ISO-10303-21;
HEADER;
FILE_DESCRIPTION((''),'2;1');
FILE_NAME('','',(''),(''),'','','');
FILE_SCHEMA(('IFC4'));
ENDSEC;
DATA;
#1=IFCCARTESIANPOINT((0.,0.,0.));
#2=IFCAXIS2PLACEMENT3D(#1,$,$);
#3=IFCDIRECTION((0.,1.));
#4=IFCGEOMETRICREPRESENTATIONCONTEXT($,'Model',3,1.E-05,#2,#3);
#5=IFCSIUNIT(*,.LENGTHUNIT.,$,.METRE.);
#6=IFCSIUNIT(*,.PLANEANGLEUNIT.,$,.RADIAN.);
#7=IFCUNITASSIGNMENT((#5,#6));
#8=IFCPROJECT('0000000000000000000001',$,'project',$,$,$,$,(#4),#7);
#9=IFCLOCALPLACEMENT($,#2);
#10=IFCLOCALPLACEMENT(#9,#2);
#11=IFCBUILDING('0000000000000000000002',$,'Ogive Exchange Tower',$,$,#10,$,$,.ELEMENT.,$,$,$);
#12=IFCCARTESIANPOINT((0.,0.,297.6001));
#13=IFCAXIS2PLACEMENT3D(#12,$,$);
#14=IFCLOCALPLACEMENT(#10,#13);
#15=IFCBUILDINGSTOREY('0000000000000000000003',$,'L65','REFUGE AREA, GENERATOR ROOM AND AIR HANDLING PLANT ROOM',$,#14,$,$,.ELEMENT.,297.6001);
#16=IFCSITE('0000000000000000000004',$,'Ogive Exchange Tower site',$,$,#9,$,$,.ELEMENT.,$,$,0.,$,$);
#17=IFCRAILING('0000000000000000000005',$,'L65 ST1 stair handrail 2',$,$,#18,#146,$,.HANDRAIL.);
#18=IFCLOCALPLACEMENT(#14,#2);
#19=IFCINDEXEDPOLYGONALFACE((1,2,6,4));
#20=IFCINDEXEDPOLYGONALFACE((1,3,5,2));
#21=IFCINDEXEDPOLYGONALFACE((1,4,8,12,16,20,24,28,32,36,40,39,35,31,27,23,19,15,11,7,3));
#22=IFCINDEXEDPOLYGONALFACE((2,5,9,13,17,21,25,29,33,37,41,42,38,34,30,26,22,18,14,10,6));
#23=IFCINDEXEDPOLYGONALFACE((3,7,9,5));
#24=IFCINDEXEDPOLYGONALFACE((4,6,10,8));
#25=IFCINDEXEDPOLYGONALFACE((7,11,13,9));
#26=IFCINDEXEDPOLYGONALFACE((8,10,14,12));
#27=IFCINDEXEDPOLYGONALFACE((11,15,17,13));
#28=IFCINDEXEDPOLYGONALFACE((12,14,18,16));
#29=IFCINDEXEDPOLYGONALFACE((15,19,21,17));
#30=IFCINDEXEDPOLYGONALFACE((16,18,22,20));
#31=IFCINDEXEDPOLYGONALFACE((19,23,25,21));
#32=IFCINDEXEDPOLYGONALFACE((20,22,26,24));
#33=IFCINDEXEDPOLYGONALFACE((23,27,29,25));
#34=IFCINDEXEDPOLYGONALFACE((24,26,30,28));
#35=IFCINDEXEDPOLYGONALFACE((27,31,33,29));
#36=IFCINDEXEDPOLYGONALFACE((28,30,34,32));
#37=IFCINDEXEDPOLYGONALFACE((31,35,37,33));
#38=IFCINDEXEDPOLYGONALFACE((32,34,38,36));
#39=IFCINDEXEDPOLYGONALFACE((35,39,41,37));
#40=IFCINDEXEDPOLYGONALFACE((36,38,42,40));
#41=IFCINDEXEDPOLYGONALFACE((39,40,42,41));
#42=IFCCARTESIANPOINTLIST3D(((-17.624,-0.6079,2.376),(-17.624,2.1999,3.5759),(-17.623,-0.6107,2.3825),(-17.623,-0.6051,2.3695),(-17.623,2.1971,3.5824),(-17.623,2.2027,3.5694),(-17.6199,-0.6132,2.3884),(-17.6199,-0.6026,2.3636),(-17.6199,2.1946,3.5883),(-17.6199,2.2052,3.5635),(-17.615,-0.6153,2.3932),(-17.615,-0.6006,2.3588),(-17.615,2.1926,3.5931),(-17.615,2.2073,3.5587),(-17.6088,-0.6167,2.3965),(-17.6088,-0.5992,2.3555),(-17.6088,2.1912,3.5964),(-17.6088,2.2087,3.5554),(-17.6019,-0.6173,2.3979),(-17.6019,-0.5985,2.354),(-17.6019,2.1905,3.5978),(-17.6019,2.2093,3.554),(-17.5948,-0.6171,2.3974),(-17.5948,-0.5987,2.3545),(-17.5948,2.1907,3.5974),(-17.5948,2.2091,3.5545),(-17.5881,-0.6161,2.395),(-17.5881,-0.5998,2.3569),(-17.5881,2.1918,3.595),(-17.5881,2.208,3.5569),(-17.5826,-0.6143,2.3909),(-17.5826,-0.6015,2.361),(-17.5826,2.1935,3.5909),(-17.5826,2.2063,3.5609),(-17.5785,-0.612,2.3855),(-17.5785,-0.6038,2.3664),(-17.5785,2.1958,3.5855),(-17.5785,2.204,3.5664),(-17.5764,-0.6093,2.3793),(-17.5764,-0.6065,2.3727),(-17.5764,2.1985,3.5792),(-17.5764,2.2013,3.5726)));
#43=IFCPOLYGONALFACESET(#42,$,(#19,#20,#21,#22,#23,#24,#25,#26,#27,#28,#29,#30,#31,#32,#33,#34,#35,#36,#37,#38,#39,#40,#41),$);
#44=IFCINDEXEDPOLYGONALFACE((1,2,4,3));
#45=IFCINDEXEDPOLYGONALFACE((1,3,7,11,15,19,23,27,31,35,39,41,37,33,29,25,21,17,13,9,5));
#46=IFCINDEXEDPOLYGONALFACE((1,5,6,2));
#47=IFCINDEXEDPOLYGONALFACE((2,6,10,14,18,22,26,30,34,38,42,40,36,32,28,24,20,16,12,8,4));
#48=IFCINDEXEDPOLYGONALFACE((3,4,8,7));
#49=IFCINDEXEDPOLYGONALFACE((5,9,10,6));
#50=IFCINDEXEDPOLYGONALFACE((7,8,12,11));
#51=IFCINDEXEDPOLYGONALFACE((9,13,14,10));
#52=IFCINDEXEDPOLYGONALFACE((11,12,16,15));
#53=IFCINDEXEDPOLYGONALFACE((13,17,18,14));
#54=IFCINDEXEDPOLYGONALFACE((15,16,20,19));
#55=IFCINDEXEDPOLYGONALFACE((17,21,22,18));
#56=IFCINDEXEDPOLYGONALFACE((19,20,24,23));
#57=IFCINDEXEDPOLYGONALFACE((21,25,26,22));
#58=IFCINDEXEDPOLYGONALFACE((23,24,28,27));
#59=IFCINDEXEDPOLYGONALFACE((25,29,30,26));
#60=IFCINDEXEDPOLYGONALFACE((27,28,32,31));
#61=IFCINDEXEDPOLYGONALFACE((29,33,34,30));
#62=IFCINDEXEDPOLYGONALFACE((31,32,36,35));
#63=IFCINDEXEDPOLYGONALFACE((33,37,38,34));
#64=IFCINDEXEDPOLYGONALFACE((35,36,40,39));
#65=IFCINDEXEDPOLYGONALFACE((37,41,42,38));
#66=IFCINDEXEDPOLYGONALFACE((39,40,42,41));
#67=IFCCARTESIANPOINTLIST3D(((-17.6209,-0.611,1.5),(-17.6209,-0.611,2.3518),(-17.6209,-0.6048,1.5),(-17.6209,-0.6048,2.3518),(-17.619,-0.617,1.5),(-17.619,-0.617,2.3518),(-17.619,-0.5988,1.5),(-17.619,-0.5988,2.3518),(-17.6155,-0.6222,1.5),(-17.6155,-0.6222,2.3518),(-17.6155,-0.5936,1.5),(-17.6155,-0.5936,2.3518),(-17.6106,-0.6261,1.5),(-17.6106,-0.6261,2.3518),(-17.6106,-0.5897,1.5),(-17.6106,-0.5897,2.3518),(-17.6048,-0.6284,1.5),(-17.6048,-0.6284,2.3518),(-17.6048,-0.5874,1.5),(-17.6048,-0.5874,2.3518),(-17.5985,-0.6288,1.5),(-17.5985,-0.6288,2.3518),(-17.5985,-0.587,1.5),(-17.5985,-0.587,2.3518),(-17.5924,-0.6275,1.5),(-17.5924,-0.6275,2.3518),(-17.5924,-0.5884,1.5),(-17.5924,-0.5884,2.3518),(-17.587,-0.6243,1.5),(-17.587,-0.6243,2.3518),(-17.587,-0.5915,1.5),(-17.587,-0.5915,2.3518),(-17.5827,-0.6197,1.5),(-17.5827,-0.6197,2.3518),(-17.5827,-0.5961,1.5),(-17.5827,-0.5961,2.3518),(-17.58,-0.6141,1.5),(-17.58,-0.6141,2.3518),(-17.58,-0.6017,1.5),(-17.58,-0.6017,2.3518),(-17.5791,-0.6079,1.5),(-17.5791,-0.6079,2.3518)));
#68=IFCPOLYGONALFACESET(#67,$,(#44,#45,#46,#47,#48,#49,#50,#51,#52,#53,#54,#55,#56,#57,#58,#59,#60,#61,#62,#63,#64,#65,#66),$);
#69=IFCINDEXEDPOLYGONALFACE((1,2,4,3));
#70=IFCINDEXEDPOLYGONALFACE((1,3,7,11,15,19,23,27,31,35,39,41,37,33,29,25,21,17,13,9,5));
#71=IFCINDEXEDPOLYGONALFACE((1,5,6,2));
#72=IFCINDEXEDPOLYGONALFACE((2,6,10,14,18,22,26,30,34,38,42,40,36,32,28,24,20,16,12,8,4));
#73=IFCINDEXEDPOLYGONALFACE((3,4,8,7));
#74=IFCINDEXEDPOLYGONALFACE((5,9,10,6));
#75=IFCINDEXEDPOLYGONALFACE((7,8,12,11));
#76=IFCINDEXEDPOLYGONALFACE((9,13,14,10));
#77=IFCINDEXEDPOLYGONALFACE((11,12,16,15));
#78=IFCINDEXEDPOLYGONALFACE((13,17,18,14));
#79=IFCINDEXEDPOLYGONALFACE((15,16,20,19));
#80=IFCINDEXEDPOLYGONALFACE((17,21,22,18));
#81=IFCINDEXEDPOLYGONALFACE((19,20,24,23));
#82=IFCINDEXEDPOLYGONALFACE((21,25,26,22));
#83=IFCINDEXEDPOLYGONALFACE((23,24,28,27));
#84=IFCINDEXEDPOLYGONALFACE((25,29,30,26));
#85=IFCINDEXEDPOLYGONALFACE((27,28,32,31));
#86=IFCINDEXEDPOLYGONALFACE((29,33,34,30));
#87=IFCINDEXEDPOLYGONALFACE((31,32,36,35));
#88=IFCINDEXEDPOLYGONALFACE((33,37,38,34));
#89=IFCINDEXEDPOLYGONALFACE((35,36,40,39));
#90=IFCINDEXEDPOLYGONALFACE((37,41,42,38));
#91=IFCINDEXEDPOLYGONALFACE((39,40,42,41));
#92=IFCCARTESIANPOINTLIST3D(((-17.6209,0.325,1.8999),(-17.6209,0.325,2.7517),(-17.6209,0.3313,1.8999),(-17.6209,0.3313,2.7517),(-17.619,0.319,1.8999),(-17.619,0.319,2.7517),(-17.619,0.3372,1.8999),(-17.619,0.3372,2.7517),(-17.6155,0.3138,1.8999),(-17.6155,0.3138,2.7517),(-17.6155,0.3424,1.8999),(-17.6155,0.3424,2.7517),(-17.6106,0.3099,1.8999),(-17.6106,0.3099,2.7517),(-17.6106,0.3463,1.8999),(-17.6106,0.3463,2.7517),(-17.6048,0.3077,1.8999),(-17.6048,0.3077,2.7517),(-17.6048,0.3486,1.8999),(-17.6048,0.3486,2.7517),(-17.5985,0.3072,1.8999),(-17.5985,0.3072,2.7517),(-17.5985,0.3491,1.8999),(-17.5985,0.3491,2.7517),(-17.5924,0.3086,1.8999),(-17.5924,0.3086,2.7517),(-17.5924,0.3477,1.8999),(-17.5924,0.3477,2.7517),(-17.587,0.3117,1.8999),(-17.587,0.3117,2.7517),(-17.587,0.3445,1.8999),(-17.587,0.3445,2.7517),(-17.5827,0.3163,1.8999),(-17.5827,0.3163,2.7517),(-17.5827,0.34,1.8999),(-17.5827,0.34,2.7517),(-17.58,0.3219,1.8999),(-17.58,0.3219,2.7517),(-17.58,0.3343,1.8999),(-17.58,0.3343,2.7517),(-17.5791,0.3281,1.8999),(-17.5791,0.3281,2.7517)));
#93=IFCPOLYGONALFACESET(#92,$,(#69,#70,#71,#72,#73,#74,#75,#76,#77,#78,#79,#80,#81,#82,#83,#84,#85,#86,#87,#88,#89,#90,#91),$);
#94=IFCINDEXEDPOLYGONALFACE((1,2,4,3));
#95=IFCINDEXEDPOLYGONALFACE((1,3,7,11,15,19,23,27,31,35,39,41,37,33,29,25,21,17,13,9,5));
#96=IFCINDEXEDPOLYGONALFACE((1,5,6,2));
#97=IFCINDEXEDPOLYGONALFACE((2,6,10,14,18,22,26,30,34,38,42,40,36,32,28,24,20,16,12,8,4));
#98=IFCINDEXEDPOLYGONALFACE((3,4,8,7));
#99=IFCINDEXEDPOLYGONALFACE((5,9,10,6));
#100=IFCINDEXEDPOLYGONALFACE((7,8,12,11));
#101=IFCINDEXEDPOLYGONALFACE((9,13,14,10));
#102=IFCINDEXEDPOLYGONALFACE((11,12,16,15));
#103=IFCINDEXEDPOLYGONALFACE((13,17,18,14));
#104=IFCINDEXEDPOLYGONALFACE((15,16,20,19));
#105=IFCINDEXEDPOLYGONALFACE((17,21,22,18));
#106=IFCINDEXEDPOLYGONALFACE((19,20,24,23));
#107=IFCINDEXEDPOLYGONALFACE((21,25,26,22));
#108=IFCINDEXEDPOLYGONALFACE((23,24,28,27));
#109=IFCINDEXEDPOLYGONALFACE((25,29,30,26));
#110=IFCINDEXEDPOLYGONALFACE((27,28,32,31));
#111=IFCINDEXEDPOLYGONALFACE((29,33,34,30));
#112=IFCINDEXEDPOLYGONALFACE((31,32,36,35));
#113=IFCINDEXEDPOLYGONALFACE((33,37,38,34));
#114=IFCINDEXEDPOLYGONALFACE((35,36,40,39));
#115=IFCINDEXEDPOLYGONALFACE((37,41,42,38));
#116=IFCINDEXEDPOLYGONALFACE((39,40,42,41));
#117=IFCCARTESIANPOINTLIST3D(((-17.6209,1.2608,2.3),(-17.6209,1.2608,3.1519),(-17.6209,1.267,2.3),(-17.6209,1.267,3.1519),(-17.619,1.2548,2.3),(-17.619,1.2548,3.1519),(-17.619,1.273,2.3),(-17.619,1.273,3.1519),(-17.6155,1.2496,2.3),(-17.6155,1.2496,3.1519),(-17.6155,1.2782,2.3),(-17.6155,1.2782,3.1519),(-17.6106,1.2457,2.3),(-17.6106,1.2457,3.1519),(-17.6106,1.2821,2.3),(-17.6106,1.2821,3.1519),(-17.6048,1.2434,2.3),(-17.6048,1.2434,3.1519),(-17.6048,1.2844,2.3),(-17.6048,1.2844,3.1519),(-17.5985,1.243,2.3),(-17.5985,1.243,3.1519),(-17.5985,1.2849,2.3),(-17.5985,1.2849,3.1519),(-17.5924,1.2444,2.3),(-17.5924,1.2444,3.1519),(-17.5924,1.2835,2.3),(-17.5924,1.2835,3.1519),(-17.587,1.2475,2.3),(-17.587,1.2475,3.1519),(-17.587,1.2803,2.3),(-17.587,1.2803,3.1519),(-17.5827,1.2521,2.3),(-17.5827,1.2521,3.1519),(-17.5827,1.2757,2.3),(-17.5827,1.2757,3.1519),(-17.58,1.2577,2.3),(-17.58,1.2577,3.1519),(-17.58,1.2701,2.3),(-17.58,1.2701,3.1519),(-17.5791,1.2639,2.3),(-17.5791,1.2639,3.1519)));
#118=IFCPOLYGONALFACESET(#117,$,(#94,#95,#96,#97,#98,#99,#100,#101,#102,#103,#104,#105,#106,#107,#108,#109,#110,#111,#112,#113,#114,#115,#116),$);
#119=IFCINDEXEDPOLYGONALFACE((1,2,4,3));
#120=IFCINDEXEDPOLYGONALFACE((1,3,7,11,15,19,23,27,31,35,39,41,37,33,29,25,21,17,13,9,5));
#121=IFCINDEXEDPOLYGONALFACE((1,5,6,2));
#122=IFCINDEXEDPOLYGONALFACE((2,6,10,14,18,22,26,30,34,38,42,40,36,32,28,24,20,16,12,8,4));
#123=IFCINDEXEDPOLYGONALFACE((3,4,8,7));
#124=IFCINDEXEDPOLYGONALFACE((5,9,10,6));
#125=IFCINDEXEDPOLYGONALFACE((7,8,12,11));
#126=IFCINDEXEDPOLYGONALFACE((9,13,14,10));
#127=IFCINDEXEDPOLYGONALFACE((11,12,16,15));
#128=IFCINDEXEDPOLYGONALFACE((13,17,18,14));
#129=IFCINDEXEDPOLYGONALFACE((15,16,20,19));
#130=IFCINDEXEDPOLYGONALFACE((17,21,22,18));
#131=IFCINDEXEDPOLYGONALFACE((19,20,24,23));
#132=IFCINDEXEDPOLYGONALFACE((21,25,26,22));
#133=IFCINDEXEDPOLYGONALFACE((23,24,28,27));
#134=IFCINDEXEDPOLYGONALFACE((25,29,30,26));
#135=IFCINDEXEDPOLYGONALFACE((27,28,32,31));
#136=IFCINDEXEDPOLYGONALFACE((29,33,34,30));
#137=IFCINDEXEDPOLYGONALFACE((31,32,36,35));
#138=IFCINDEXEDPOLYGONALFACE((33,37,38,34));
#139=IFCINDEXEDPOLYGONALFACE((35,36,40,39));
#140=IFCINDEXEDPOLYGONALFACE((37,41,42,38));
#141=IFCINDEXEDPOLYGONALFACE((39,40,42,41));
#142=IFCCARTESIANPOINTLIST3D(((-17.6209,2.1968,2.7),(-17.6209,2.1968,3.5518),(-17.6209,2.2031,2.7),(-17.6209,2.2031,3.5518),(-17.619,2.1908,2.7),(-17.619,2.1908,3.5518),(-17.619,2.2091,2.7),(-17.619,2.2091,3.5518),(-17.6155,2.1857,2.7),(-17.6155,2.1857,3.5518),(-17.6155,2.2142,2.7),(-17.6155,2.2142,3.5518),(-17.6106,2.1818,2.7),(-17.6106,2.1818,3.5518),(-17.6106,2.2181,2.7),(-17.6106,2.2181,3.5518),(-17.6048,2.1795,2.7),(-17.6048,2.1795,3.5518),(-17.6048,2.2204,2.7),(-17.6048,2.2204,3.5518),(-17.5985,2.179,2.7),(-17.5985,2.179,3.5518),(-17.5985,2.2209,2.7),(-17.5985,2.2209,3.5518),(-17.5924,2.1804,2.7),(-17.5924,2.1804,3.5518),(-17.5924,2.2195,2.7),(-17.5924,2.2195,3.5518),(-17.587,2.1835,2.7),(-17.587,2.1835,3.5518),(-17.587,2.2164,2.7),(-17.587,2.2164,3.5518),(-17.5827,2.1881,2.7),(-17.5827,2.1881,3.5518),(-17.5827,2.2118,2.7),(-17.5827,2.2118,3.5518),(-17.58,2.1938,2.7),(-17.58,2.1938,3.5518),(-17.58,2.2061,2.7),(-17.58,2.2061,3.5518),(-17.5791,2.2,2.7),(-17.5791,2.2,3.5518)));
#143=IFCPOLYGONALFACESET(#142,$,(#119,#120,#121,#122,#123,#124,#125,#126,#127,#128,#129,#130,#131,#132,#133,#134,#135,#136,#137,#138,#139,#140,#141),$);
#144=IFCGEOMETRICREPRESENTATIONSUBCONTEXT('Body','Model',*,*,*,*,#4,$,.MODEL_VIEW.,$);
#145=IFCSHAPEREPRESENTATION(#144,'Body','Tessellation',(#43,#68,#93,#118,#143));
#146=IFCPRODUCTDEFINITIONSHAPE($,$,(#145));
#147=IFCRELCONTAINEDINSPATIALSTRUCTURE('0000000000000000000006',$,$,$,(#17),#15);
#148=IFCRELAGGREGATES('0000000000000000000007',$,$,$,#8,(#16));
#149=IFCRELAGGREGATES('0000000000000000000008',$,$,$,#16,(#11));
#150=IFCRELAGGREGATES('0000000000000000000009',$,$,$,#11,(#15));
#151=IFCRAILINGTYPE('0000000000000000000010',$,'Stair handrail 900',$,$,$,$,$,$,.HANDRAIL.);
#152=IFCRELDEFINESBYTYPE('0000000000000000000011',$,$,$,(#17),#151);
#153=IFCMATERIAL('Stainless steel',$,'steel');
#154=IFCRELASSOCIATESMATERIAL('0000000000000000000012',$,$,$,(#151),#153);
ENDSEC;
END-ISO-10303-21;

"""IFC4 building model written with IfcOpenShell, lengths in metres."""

from ifc_helpers import new_model, si_unit, direction, frame, origin, origin_2d, place, context, subcontext, project, spatial, circle, extrude, material, type_object, element, save


model = new_model("IFC4")

# Units and contexts
model_context = context("Model", 3, precision=1e-05, world=origin(), true_north=direction((0.0, 1.0)))
body_context = subcontext(model_context, "Body", "Model", "MODEL_VIEW")
ifc_project = project(units=[si_unit("LENGTHUNIT", "METRE"), si_unit("PLANEANGLEUNIT", "RADIAN")], contexts=[model_context])

# Site, building, storey
site_placement = place(None, origin())
site = spatial("IfcSite", under=ifc_project, at=site_placement, Name="Ogive Exchange Tower site", CompositionType="ELEMENT", RefElevation=0.0)
building_placement = place(site_placement, origin())
building = spatial("IfcBuilding", under=site, at=building_placement, Name="Ogive Exchange Tower", CompositionType="ELEMENT")
storey_placement = place(building_placement, frame((0.0, 0.0, 297.6001)))
storey = spatial("IfcBuildingStorey", under=building, at=storey_placement, Name="L65", Description="REFUGE AREA, GENERATOR ROOM AND AIR HANDLING PLANT ROOM", CompositionType="ELEMENT", Elevation=297.6001)

# Shared definitions
ifc_material_1 = material(Name="Stainless steel", Category="steel")

# Railing
railing_type = type_object("IfcRailingType", Name="Stair handrail 900", PredefinedType="HANDRAIL", material=ifc_material_1)
railing_1_placement = place(storey_placement, frame((-17.6001, -0.6079, 1.5)))
element("IfcRailing", 1, at=railing_1_placement, inside=storey, type_object=railing_type, Name="L65 ST1 stair handrail 2", PredefinedType="HANDRAIL", context=body_context, shape_type="SweptSolid", body=[
    extrude(circle(Radius=0.0239, at=origin_2d()), frame((0.0, 0.0, 0.876), z_axis=(0.0, 0.91955, 0.392973), x_axis=(-1.0, 0.0, 0.0)), (0.0, 0.0, 1.0), 3.0535),
    extrude(circle(Radius=0.021, at=origin_2d()), origin(), (0.0, 0.0, 1.0), 0.8518),
    extrude(circle(Radius=0.021, at=origin_2d()), frame((0.0, 0.936, 0.3999)), (0.0, 0.0, 1.0), 0.8518),
    extrude(circle(Radius=0.021, at=origin_2d()), frame((0.0, 1.8718, 0.8)), (0.0, 0.0, 1.0), 0.8518),
    extrude(circle(Radius=0.021, at=origin_2d()), frame((0.0, 2.8079, 1.2)), (0.0, 0.0, 1.0), 0.8518),
])

save(model, "model.ifc")
